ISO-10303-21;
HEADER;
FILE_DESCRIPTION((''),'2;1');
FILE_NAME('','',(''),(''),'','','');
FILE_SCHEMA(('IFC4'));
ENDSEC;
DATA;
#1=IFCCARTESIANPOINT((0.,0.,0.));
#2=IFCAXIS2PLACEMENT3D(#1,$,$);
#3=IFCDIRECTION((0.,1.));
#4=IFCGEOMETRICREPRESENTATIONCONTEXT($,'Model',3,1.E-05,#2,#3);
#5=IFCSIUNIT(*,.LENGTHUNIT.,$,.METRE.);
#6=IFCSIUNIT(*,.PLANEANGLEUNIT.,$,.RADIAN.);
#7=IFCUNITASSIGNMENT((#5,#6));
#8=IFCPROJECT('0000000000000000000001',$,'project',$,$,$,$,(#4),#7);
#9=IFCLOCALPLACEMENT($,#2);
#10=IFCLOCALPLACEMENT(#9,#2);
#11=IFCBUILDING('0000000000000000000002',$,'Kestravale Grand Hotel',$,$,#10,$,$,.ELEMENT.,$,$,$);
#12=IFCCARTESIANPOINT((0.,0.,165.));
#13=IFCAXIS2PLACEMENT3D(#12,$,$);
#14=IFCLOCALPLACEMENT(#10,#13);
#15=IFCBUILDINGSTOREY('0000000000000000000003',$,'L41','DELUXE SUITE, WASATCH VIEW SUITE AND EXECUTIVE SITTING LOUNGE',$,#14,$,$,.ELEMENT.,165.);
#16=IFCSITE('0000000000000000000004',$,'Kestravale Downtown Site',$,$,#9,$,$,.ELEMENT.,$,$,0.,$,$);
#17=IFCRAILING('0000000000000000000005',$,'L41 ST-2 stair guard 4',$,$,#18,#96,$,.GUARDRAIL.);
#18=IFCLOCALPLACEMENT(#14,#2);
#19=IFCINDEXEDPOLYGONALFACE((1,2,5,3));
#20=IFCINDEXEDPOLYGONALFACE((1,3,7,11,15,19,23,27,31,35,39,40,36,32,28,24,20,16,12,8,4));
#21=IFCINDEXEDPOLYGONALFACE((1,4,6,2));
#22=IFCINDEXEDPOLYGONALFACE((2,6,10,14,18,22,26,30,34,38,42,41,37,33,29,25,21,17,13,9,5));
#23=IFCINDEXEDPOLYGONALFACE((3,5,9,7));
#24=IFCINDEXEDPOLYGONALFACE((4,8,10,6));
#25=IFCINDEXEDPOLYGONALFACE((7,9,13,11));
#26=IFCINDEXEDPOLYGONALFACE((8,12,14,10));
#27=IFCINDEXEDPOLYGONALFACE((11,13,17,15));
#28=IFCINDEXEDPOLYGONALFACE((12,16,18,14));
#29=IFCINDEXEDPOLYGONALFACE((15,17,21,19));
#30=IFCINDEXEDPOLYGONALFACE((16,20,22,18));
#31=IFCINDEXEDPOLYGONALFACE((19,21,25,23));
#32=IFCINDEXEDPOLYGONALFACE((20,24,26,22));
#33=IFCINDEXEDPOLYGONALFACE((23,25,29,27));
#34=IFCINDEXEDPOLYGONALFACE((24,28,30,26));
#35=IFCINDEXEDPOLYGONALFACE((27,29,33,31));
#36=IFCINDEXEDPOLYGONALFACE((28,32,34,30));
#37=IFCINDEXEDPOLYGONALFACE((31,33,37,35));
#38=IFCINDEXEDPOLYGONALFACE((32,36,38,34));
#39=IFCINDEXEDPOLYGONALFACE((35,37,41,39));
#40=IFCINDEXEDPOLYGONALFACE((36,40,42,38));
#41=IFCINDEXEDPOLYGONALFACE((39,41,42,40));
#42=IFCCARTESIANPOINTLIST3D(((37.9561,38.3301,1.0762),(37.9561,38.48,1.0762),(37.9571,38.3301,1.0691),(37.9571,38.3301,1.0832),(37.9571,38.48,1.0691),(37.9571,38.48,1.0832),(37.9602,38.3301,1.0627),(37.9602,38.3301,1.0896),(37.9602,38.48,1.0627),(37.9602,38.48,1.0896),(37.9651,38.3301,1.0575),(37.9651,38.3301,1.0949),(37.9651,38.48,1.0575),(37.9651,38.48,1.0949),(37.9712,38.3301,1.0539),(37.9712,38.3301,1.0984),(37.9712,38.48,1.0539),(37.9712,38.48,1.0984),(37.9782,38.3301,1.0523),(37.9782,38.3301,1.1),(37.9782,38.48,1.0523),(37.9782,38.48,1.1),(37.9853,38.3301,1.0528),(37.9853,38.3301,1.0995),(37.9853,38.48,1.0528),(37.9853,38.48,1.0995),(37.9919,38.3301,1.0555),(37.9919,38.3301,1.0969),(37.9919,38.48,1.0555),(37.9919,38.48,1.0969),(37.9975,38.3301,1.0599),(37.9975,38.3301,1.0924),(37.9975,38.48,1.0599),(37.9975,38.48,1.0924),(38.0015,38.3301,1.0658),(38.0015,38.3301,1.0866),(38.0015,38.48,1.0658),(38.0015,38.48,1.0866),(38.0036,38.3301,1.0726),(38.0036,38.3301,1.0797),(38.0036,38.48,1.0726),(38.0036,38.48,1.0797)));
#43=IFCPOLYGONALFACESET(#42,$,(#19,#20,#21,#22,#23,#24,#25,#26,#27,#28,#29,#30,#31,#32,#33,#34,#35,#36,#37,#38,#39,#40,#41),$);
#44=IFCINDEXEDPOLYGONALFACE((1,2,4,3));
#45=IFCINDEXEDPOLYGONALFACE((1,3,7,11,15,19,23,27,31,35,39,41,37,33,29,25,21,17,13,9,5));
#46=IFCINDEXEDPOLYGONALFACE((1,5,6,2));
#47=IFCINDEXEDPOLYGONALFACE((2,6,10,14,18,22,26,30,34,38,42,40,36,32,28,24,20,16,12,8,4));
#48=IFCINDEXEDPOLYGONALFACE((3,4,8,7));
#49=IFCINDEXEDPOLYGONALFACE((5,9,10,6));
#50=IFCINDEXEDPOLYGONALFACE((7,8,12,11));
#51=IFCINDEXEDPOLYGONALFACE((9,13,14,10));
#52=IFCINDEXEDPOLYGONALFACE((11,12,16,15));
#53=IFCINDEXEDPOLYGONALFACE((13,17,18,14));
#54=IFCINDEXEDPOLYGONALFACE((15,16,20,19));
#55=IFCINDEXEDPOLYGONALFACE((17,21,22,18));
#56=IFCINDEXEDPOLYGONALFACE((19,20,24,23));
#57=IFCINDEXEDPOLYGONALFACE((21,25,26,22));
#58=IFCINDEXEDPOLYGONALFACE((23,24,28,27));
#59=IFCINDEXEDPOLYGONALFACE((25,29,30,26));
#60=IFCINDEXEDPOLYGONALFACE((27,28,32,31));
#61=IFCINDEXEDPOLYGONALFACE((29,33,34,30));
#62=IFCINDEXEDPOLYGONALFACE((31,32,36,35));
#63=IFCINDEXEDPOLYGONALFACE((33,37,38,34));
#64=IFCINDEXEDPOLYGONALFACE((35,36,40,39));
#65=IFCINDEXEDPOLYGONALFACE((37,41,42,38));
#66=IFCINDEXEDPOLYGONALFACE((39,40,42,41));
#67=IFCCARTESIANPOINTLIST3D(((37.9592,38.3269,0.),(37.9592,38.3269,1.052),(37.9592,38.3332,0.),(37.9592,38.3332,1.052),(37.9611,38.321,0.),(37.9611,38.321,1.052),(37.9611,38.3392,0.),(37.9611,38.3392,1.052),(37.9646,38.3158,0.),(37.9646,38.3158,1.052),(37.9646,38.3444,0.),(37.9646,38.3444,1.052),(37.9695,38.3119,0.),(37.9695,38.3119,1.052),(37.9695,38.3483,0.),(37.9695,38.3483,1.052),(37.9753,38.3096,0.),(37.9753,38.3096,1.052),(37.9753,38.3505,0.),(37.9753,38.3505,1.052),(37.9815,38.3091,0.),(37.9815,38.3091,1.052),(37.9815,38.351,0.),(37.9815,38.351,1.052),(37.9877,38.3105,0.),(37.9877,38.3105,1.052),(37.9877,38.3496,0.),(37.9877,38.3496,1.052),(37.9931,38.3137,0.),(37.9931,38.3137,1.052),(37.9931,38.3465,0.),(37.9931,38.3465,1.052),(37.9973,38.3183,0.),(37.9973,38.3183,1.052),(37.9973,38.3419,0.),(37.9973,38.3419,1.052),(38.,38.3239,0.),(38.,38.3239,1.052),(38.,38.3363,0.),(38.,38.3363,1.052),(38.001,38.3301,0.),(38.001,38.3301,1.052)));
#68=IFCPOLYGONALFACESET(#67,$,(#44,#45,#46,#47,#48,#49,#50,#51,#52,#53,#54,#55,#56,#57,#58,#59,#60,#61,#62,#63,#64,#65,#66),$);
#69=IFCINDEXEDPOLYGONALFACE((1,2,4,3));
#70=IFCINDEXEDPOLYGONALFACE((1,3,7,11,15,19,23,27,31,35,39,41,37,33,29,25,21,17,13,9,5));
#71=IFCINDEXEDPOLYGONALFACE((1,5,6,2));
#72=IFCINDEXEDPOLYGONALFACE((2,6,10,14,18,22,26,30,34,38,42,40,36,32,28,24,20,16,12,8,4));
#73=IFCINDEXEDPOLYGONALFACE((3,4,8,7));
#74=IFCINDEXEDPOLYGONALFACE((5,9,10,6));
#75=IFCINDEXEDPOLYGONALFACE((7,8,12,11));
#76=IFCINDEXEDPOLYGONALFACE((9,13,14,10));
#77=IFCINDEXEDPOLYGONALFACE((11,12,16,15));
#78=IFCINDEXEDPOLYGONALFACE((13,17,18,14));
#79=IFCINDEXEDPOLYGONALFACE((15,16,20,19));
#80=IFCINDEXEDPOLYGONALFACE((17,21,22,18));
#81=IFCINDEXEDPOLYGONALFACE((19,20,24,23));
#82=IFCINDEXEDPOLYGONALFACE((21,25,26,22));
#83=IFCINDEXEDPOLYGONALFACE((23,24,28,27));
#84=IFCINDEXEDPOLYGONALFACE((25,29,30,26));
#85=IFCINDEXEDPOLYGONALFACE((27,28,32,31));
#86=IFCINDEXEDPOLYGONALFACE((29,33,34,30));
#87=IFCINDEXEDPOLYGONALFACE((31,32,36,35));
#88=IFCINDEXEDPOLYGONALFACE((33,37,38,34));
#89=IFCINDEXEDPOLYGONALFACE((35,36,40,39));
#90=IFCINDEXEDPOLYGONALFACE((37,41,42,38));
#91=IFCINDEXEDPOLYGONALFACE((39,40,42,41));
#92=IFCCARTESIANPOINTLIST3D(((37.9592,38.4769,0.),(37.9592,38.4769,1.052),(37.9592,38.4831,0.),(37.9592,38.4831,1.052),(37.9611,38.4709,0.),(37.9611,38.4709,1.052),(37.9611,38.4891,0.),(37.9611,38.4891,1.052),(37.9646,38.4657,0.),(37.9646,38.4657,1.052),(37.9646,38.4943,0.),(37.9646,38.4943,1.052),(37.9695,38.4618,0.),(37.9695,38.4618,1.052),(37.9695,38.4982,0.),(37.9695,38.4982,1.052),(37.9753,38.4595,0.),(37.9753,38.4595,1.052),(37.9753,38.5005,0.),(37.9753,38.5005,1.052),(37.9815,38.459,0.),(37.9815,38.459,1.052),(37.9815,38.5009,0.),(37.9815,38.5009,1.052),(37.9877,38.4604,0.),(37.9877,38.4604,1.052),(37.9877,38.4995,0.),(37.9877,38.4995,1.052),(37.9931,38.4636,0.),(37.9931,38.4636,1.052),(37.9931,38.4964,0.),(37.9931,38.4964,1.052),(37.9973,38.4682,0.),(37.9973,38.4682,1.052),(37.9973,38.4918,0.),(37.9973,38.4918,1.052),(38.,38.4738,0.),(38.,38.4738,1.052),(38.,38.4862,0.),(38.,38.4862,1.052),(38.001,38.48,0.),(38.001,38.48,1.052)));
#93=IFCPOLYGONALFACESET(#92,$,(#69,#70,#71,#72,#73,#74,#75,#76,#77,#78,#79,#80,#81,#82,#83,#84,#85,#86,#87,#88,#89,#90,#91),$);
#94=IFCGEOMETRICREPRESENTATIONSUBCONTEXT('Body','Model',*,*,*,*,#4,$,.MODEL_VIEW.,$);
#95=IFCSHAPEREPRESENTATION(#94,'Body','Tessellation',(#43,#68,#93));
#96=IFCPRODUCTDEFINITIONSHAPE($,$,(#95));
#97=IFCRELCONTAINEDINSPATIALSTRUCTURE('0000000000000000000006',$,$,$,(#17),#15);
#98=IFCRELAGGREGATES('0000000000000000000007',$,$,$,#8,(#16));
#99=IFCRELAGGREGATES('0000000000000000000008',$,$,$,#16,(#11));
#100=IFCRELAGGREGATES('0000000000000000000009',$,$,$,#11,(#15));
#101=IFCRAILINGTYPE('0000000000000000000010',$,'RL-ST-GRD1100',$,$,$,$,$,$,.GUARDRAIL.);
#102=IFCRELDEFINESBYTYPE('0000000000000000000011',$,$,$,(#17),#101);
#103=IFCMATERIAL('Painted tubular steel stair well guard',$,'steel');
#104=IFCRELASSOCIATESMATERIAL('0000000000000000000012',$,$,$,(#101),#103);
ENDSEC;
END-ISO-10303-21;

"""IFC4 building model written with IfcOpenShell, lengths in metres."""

from ifc_helpers import new_model, si_unit, direction, frame, origin, origin_2d, place, context, subcontext, project, spatial, circle, extrude, material, type_object, element, save


model = new_model("IFC4")

# Units and contexts
model_context = context("Model", 3, precision=1e-05, world=origin(), true_north=direction((0.0, 1.0)))
body_context = subcontext(model_context, "Body", "Model", "MODEL_VIEW")
ifc_project = project(units=[si_unit("LENGTHUNIT", "METRE"), si_unit("PLANEANGLEUNIT", "RADIAN")], contexts=[model_context])

# Site, building, storey
site_placement = place(None, origin())
site = spatial("IfcSite", under=ifc_project, at=site_placement, Name="Kestravale Downtown Site", CompositionType="ELEMENT", RefElevation=0.0)
building_placement = place(site_placement, origin())
building = spatial("IfcBuilding", under=site, at=building_placement, Name="Kestravale Grand Hotel", CompositionType="ELEMENT")
storey_placement = place(building_placement, frame((0.0, 0.0, 165.0)))
storey = spatial("IfcBuildingStorey", under=building, at=storey_placement, Name="L41", Description="DELUXE SUITE, WASATCH VIEW SUITE AND EXECUTIVE SITTING LOUNGE", CompositionType="ELEMENT", Elevation=165.0)

# Railing
ifc_material_1 = material(Name="Painted tubular steel stair well guard", Category="steel")
railing_type_1 = type_object("IfcRailingType", Name="RL-ST-GRD1100", PredefinedType="GUARDRAIL", material=ifc_material_1)
railing_1_placement = place(storey_placement, frame((37.98, 38.3301, 0.0)))
element("IfcRailing", 1, at=railing_1_placement, inside=storey, type_object=railing_type_1, Name="L41 ST-2 stair guard 4", PredefinedType="GUARDRAIL", context=body_context, shape_type="SweptSolid", body=[
    extrude(circle(Radius=0.0239, at=origin_2d()), frame((0.0, 0.0, 1.0762), z_axis=(0.0, 1.0, 0.0), x_axis=(-1.0, 0.0, 0.0)), (0.0, 0.0, 1.0), 0.1499),
    extrude(circle(Radius=0.021, at=origin_2d()), origin(), (0.0, 0.0, 1.0), 1.052),
    extrude(circle(Radius=0.021, at=origin_2d()), frame((0.0, 0.1499, 0.0)), (0.0, 0.0, 1.0), 1.052),
])

save(model, "model.ifc")
